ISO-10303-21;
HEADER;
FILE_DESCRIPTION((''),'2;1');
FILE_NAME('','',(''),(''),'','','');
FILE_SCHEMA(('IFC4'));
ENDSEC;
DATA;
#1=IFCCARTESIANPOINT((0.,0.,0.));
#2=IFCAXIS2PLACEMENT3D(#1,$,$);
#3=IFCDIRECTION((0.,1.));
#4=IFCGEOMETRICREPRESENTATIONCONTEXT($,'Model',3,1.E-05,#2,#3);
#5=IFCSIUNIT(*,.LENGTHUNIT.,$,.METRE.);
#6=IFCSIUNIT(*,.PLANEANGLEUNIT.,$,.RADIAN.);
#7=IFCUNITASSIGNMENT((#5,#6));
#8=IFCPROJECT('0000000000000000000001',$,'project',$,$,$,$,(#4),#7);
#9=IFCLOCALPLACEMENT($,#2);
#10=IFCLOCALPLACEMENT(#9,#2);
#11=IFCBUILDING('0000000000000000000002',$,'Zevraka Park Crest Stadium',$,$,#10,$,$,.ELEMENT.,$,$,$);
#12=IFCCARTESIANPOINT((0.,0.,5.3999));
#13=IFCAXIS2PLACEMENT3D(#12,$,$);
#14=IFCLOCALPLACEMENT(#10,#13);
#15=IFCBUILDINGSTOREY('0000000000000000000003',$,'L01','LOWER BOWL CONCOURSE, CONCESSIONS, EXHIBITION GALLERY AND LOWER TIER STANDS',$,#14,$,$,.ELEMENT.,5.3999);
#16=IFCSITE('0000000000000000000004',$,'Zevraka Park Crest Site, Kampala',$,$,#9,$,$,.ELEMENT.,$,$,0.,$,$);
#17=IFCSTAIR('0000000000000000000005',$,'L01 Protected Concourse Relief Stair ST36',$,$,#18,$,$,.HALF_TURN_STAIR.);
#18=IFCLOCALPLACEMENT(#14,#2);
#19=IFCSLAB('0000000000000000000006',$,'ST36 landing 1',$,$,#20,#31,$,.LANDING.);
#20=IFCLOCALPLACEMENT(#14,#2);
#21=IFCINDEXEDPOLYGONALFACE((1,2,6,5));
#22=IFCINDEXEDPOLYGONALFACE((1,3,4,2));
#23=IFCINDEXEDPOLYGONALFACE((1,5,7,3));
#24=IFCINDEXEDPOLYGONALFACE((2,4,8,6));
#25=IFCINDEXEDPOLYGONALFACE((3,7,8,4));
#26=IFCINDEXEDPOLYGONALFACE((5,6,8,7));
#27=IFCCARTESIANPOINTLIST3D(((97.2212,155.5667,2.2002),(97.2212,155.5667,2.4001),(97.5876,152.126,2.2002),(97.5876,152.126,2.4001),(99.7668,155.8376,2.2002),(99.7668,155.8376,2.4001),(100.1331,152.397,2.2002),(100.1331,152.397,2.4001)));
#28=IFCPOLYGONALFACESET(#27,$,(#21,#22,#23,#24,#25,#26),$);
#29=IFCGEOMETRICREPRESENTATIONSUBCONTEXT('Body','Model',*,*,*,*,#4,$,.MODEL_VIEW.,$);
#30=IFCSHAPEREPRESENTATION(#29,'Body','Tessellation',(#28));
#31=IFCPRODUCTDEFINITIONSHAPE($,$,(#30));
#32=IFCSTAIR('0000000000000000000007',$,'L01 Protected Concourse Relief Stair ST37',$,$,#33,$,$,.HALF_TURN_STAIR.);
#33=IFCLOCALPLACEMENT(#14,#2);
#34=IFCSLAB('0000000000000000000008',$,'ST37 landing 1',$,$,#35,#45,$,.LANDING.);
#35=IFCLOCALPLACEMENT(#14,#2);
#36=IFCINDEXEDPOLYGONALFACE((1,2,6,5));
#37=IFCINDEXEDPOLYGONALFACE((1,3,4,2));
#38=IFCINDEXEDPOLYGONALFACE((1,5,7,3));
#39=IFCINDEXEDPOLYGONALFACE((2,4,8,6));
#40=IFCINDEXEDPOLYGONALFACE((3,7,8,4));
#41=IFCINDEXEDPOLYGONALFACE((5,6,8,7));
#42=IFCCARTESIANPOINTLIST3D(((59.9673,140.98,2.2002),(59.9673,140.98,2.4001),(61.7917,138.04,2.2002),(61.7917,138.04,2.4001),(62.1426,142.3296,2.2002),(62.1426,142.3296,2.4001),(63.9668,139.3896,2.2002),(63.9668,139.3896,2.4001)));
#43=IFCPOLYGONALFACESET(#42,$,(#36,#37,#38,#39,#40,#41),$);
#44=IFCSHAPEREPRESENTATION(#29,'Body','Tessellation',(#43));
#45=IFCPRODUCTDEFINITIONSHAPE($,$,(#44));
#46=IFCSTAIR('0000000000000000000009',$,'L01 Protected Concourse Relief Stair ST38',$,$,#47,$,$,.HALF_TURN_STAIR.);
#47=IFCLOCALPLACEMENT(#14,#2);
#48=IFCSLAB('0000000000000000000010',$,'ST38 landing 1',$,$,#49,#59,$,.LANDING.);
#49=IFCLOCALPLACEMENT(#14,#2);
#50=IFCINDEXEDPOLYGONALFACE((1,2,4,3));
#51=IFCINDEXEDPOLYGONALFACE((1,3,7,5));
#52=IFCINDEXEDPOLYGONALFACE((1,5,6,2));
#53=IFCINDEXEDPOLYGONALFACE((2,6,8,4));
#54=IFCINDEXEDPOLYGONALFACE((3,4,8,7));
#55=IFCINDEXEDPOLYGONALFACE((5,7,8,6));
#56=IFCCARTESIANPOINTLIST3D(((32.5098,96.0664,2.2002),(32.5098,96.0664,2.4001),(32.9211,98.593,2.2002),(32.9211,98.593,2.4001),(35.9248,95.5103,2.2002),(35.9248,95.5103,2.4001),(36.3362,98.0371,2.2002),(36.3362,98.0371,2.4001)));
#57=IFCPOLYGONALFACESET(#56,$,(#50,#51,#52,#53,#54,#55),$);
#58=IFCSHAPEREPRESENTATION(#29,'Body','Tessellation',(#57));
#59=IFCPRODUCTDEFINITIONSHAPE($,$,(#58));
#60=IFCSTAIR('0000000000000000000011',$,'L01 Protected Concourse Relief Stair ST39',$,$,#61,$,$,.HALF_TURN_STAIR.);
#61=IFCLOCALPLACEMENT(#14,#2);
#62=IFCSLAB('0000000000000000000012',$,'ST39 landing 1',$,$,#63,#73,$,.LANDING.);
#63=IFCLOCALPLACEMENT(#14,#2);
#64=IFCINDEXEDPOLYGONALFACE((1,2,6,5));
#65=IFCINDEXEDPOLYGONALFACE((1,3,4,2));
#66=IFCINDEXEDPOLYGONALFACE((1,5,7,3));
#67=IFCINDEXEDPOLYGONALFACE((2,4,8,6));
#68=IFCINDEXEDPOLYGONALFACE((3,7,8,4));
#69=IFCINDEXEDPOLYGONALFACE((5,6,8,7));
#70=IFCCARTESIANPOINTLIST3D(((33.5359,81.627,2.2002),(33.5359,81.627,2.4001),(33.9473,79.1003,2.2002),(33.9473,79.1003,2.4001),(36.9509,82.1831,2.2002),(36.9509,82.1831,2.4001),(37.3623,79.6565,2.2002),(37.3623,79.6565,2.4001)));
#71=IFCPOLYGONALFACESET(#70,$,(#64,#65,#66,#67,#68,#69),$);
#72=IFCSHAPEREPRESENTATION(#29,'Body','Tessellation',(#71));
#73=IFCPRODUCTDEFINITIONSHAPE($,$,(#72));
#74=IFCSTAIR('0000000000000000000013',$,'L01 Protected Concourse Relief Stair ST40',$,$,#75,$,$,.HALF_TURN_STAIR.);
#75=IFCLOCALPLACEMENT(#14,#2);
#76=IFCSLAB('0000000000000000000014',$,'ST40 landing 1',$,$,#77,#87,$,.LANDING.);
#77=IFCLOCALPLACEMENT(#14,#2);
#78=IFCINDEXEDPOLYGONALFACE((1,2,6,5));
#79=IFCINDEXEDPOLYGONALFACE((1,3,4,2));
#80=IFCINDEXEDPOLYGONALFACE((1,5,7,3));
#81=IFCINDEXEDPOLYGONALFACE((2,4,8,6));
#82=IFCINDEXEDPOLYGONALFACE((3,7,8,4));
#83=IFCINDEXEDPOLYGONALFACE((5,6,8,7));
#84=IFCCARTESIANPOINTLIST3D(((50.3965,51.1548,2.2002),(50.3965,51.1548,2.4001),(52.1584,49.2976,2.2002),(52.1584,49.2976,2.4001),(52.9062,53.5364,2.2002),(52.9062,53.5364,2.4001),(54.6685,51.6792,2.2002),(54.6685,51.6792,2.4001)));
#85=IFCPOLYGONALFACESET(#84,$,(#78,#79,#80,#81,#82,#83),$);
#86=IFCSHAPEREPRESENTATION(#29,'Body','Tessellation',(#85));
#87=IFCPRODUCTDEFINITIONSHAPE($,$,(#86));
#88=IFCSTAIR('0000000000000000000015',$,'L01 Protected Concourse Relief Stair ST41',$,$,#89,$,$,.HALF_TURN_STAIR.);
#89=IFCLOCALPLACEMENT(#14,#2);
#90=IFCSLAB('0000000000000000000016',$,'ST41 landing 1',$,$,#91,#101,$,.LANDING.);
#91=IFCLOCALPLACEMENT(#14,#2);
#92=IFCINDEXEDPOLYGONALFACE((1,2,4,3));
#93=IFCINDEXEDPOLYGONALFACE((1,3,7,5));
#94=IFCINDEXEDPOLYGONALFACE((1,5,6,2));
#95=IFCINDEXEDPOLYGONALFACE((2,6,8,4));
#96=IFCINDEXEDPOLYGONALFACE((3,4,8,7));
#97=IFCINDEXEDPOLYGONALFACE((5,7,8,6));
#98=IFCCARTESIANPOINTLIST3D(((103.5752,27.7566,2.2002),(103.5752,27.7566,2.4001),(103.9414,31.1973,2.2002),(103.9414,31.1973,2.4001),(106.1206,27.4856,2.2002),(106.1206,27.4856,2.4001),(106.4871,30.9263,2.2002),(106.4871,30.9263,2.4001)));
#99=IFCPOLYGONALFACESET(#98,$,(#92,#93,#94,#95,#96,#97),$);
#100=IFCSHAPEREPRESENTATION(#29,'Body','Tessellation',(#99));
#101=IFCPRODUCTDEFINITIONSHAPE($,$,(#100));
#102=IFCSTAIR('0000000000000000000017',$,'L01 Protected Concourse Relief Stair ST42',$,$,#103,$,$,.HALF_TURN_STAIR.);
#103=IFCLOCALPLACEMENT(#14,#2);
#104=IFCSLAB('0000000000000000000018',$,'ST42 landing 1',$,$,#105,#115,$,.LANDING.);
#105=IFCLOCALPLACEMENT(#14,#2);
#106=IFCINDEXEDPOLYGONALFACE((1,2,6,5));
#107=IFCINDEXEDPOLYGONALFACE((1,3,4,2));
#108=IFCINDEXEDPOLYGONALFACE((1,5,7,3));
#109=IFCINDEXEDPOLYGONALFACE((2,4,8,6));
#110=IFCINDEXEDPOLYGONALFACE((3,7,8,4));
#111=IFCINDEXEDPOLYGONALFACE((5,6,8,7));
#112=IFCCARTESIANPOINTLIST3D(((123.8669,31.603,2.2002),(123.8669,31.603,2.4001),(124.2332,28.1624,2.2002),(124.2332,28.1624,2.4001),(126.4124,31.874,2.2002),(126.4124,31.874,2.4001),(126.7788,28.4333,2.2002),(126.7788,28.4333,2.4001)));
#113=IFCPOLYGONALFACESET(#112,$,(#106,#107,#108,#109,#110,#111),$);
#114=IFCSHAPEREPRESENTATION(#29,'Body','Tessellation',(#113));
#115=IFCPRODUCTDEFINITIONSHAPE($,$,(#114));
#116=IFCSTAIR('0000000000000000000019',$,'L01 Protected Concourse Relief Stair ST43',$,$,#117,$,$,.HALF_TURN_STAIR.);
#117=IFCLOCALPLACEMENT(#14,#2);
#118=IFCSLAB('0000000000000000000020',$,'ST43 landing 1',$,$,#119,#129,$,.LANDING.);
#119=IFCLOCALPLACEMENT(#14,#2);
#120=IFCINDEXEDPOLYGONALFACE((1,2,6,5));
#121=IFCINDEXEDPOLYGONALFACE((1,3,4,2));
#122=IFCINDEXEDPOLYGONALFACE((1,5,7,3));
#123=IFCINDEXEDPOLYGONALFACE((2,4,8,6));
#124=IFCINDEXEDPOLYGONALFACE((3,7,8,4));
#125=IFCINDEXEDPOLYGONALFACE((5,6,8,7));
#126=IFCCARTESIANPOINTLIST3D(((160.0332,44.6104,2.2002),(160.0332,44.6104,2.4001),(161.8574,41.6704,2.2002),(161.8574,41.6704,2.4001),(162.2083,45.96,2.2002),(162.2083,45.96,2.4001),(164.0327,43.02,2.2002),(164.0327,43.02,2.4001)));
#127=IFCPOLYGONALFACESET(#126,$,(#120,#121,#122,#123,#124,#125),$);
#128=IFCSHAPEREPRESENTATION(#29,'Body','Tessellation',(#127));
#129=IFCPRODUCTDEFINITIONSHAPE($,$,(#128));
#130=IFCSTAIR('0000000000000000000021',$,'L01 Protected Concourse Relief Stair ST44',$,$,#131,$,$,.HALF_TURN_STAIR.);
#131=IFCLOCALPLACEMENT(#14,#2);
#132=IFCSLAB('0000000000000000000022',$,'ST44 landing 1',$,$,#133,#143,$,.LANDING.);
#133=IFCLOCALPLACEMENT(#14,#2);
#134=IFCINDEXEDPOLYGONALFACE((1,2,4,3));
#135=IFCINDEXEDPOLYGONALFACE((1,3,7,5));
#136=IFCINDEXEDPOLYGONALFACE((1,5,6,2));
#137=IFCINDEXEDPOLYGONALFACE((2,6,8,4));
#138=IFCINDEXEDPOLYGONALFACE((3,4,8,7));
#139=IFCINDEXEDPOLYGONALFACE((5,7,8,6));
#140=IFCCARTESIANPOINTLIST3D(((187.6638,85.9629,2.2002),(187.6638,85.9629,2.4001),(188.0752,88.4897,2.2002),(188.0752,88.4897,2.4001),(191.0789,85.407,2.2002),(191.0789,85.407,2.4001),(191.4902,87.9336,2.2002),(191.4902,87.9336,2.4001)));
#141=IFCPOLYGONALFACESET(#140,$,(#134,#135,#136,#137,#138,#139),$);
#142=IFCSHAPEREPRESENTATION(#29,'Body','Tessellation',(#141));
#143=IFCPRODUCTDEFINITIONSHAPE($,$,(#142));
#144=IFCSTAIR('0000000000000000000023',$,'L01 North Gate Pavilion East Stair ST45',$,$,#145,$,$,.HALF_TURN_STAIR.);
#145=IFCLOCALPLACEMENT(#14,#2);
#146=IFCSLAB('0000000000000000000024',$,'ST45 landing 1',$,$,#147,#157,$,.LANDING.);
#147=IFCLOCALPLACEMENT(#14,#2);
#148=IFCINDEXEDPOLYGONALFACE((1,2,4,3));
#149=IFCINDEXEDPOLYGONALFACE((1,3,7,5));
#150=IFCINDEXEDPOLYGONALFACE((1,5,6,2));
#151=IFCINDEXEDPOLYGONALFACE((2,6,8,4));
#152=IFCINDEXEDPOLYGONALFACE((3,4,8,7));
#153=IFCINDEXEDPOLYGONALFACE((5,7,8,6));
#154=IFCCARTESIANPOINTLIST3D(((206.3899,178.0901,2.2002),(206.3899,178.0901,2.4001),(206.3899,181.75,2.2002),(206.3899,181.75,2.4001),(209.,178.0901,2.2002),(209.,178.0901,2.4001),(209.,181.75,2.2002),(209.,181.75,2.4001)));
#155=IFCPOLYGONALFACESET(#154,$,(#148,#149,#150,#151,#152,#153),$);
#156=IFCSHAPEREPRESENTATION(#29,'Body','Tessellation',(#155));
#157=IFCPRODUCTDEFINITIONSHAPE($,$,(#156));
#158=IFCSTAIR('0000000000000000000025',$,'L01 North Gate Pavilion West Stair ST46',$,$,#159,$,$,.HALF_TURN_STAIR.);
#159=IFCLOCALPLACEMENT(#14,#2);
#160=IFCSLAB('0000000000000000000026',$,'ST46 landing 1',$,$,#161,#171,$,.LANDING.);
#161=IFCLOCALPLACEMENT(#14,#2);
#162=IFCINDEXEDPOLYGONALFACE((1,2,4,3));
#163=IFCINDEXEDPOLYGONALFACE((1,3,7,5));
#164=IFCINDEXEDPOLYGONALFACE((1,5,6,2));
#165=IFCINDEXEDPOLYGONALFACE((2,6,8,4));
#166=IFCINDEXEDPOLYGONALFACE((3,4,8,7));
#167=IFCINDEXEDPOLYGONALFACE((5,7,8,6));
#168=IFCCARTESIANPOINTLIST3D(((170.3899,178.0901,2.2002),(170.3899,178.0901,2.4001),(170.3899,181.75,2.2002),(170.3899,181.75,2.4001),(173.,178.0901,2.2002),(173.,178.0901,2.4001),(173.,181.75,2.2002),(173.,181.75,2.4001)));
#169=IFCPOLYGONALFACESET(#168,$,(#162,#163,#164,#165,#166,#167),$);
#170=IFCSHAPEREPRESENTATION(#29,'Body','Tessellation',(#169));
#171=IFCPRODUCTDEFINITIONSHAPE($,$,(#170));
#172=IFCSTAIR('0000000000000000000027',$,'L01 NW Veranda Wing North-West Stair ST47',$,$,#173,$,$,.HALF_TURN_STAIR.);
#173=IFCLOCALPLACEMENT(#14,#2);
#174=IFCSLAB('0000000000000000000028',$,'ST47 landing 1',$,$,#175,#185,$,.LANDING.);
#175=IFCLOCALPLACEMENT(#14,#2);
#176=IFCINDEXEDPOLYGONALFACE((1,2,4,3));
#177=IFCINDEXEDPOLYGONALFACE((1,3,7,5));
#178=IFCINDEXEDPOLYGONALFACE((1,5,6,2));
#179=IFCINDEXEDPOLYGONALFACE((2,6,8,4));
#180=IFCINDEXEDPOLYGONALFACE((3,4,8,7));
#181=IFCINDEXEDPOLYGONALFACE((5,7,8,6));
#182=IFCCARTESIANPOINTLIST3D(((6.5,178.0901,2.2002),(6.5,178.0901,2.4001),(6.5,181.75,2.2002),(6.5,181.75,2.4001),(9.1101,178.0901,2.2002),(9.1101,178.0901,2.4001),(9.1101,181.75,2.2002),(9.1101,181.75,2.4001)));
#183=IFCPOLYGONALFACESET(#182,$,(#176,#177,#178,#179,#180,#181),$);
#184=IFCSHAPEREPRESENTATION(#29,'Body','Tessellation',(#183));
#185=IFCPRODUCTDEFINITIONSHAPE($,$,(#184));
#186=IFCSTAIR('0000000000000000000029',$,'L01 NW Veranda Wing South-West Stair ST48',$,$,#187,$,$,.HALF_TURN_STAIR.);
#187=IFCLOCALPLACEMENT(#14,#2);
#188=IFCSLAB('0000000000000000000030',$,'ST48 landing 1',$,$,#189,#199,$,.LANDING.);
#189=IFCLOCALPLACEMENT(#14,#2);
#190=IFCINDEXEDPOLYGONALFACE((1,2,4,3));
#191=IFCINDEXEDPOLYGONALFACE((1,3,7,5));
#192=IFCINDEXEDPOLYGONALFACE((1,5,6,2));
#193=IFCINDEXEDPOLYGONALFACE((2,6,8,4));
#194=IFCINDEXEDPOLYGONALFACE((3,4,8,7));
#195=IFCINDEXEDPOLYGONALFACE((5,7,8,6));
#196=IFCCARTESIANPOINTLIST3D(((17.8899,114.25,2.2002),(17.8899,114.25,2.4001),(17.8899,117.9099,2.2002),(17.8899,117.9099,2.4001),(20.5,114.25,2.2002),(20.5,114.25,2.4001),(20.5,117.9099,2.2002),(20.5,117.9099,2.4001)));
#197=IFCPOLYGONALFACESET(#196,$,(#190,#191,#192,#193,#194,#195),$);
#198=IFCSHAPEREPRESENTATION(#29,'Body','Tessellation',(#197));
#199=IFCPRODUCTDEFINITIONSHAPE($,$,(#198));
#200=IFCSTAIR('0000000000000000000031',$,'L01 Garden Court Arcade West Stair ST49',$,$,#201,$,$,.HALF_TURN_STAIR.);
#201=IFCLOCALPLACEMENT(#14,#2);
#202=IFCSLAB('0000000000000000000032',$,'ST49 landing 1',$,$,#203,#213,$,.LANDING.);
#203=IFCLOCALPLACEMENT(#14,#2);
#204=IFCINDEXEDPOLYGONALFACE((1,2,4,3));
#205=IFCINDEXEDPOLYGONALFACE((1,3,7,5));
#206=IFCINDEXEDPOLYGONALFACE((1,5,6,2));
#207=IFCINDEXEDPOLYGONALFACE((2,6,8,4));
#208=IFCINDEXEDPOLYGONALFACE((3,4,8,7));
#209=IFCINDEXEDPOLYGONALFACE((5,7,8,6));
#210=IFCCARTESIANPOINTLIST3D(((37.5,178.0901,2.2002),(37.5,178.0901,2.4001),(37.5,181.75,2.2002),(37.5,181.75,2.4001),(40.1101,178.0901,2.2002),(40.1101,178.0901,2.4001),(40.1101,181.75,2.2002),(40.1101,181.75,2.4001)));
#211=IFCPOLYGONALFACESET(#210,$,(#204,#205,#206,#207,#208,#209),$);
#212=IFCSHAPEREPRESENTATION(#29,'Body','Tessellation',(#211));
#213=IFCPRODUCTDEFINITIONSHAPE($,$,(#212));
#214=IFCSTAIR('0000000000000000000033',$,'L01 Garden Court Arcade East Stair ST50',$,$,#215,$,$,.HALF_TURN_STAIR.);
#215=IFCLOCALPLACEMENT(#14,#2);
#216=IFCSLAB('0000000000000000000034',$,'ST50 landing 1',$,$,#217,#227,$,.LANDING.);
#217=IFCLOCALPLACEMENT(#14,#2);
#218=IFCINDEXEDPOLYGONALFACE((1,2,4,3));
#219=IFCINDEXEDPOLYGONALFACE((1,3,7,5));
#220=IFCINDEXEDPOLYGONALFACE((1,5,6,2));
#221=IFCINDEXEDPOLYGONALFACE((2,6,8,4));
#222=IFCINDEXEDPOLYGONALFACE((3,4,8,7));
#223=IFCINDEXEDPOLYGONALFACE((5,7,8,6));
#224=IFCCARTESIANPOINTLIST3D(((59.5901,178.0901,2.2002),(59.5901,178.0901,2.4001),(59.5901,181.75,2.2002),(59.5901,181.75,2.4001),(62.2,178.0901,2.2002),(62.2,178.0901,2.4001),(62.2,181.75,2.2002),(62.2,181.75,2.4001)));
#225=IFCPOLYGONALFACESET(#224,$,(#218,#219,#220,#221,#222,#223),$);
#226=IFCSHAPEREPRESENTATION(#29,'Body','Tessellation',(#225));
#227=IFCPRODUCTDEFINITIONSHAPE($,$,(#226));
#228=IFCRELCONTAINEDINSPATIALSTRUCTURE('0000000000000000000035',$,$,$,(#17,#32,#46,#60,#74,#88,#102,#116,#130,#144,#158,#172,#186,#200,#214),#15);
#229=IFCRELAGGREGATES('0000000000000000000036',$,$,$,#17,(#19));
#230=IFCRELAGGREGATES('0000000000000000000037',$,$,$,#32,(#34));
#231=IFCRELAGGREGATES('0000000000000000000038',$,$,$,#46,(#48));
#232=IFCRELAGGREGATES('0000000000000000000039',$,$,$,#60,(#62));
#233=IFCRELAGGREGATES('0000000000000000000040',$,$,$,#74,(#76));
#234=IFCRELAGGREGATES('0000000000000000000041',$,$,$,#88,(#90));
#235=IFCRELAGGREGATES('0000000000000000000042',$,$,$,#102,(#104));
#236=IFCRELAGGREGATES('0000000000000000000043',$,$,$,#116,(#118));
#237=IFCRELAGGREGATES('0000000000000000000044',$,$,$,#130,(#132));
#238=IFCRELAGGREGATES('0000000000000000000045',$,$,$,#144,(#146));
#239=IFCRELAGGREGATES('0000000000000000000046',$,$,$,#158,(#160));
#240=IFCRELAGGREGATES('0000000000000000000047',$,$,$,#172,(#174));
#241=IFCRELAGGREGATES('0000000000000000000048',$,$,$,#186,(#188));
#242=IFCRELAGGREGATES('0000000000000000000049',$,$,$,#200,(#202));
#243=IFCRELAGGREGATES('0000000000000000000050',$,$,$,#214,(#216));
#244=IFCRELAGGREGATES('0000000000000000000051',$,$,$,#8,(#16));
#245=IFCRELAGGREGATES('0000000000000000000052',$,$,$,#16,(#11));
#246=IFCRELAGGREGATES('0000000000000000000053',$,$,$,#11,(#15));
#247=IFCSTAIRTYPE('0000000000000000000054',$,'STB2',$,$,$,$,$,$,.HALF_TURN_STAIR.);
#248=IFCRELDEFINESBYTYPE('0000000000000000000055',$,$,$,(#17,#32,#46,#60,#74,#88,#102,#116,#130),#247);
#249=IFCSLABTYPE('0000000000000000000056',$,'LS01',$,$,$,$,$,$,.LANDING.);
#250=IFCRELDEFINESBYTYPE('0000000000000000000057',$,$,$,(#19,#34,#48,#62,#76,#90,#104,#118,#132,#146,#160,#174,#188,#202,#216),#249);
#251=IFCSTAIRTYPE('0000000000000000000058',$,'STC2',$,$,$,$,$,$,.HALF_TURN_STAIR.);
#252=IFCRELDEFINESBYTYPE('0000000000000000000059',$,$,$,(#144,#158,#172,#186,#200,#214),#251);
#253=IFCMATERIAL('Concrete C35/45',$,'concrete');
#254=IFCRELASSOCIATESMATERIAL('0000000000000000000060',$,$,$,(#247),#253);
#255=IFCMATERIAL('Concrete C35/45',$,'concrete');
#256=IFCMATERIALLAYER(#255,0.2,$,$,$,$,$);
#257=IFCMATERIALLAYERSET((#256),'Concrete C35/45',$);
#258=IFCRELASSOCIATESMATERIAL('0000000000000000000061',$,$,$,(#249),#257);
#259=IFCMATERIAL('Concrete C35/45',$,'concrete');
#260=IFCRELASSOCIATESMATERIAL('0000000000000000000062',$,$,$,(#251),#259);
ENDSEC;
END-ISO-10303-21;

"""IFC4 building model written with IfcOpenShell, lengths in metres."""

from ifc_helpers import new_model, si_unit, direction, frame, origin, place, context, subcontext, project, spatial, polyline, outline, extrude, material, layer, layer_set, type_object, element, aggregate, save


model = new_model("IFC4")

# Units and contexts
model_context = context("Model", 3, precision=1e-05, world=origin(), true_north=direction((0.0, 1.0)))
body_context = subcontext(model_context, "Body", "Model", "MODEL_VIEW")
ifc_project = project(units=[si_unit("LENGTHUNIT", "METRE"), si_unit("PLANEANGLEUNIT", "RADIAN")], contexts=[model_context])

# Site, building, storey
site_placement = place(None, origin())
site = spatial("IfcSite", under=ifc_project, at=site_placement, Name="Zevraka Park Crest Site, Kampala", CompositionType="ELEMENT", RefElevation=0.0)
building_placement = place(site_placement, origin())
building = spatial("IfcBuilding", under=site, at=building_placement, Name="Zevraka Park Crest Stadium", CompositionType="ELEMENT")
storey_placement = place(building_placement, frame((0.0, 0.0, 5.3999)))
storey = spatial("IfcBuildingStorey", under=building, at=storey_placement, Name="L01", Description="LOWER BOWL CONCOURSE, CONCESSIONS, EXHIBITION GALLERY AND LOWER TIER STANDS", CompositionType="ELEMENT", Elevation=5.3999)

# Stairs, slabs
ifc_material_1 = material(Name="Concrete C35/45", Category="concrete")
stair_type_1 = type_object("IfcStairType", Name="STB2", PredefinedType="HALF_TURN_STAIR", material=ifc_material_1)
stair_1_placement = place(storey_placement, origin())
stair_1 = element("IfcStair", 1, at=stair_1_placement, inside=storey, type_object=stair_type_1, Name="L01 Protected Concourse Relief Stair ST36", PredefinedType="HALF_TURN_STAIR")
ifc_material_2 = material(Name="Concrete C35/45", Category="concrete")
ifc_layer_1 = layer(ifc_material_2, 0.2)
ifc_layer_set_1 = layer_set([ifc_layer_1], Name="Concrete C35/45")
slab_type_1 = type_object("IfcSlabType", Name="LS01", PredefinedType="LANDING", material=ifc_layer_set_1)
slab_1_placement = place(storey_placement, frame((0.0, 0.0, 2.2002)))
slab_1 = element("IfcSlab", 2, at=slab_1_placement, type_object=slab_type_1, Name="ST36 landing 1", PredefinedType="LANDING", context=body_context, shape_type="SweptSolid", body=[
    extrude(outline(polyline([(99.7668, 155.8376), (97.2212, 155.5667), (97.5876, 152.126), (100.1331, 152.397), (99.7668, 155.8376)])), origin(), (0.0, 0.0, 1.0), 0.2),
])
aggregate(stair_1, [slab_1])
stair_2_placement = place(storey_placement, origin())
stair_2 = element("IfcStair", 3, at=stair_2_placement, inside=storey, type_object=stair_type_1, Name="L01 Protected Concourse Relief Stair ST37", PredefinedType="HALF_TURN_STAIR")
slab_2_placement = place(storey_placement, frame((0.0, 0.0, 2.2002)))
slab_2 = element("IfcSlab", 4, at=slab_2_placement, type_object=slab_type_1, Name="ST37 landing 1", PredefinedType="LANDING", context=body_context, shape_type="SweptSolid", body=[
    extrude(outline(polyline([(62.1426, 142.3296), (59.9673, 140.98), (61.7917, 138.04), (63.9668, 139.3896), (62.1426, 142.3296)])), origin(), (0.0, 0.0, 1.0), 0.2),
])
aggregate(stair_2, [slab_2])
stair_3_placement = place(storey_placement, origin())
stair_3 = element("IfcStair", 5, at=stair_3_placement, inside=storey, type_object=stair_type_1, Name="L01 Protected Concourse Relief Stair ST38", PredefinedType="HALF_TURN_STAIR")
slab_3_placement = place(storey_placement, frame((0.0, 0.0, 2.2002)))
slab_3 = element("IfcSlab", 6, at=slab_3_placement, type_object=slab_type_1, Name="ST38 landing 1", PredefinedType="LANDING", context=body_context, shape_type="SweptSolid", body=[
    extrude(outline(polyline([(32.9211, 98.593), (32.5098, 96.0664), (35.9248, 95.5103), (36.3362, 98.0371), (32.9211, 98.593)])), origin(), (0.0, 0.0, 1.0), 0.2),
])
aggregate(stair_3, [slab_3])
stair_4_placement = place(storey_placement, origin())
stair_4 = element("IfcStair", 7, at=stair_4_placement, inside=storey, type_object=stair_type_1, Name="L01 Protected Concourse Relief Stair ST39", PredefinedType="HALF_TURN_STAIR")
slab_4_placement = place(storey_placement, frame((0.0, 0.0, 2.2002)))
slab_4 = element("IfcSlab", 8, at=slab_4_placement, type_object=slab_type_1, Name="ST39 landing 1", PredefinedType="LANDING", context=body_context, shape_type="SweptSolid", body=[
    extrude(outline(polyline([(33.5359, 81.627), (33.9473, 79.1003), (37.3623, 79.6565), (36.9509, 82.1831), (33.5359, 81.627)])), origin(), (0.0, 0.0, 1.0), 0.2),
])
aggregate(stair_4, [slab_4])
stair_5_placement = place(storey_placement, origin())
stair_5 = element("IfcStair", 9, at=stair_5_placement, inside=storey, type_object=stair_type_1, Name="L01 Protected Concourse Relief Stair ST40", PredefinedType="HALF_TURN_STAIR")
slab_5_placement = place(storey_placement, frame((0.0, 0.0, 2.2002)))
slab_5 = element("IfcSlab", 10, at=slab_5_placement, type_object=slab_type_1, Name="ST40 landing 1", PredefinedType="LANDING", context=body_context, shape_type="SweptSolid", body=[
    extrude(outline(polyline([(50.3965, 51.1548), (52.1584, 49.2976), (54.6685, 51.6792), (52.9062, 53.5364), (50.3965, 51.1548)])), origin(), (0.0, 0.0, 1.0), 0.2),
])
aggregate(stair_5, [slab_5])
stair_6_placement = place(storey_placement, origin())
stair_6 = element("IfcStair", 11, at=stair_6_placement, inside=storey, type_object=stair_type_1, Name="L01 Protected Concourse Relief Stair ST41", PredefinedType="HALF_TURN_STAIR")
slab_6_placement = place(storey_placement, frame((0.0, 0.0, 2.2002)))
slab_6 = element("IfcSlab", 12, at=slab_6_placement, type_object=slab_type_1, Name="ST41 landing 1", PredefinedType="LANDING", context=body_context, shape_type="SweptSolid", body=[
    extrude(outline(polyline([(103.5752, 27.7566), (106.1206, 27.4856), (106.4871, 30.9263), (103.9414, 31.1973), (103.5752, 27.7566)])), origin(), (0.0, 0.0, 1.0), 0.2),
])
aggregate(stair_6, [slab_6])
stair_7_placement = place(storey_placement, origin())
stair_7 = element("IfcStair", 13, at=stair_7_placement, inside=storey, type_object=stair_type_1, Name="L01 Protected Concourse Relief Stair ST42", PredefinedType="HALF_TURN_STAIR")
slab_7_placement = place(storey_placement, frame((0.0, 0.0, 2.2002)))
slab_7 = element("IfcSlab", 14, at=slab_7_placement, type_object=slab_type_1, Name="ST42 landing 1", PredefinedType="LANDING", context=body_context, shape_type="SweptSolid", body=[
    extrude(outline(polyline([(124.2332, 28.1624), (126.7788, 28.4333), (126.4124, 31.874), (123.8669, 31.603), (124.2332, 28.1624)])), origin(), (0.0, 0.0, 1.0), 0.2),
])
aggregate(stair_7, [slab_7])
stair_8_placement = place(storey_placement, origin())
stair_8 = element("IfcStair", 15, at=stair_8_placement, inside=storey, type_object=stair_type_1, Name="L01 Protected Concourse Relief Stair ST43", PredefinedType="HALF_TURN_STAIR")
slab_8_placement = place(storey_placement, frame((0.0, 0.0, 2.2002)))
slab_8 = element("IfcSlab", 16, at=slab_8_placement, type_object=slab_type_1, Name="ST43 landing 1", PredefinedType="LANDING", context=body_context, shape_type="SweptSolid", body=[
    extrude(outline(polyline([(161.8574, 41.6704), (164.0327, 43.02), (162.2083, 45.96), (160.0332, 44.6104), (161.8574, 41.6704)])), origin(), (0.0, 0.0, 1.0), 0.2),
])
aggregate(stair_8, [slab_8])
stair_9_placement = place(storey_placement, origin())
stair_9 = element("IfcStair", 17, at=stair_9_placement, inside=storey, type_object=stair_type_1, Name="L01 Protected Concourse Relief Stair ST44", PredefinedType="HALF_TURN_STAIR")
slab_9_placement = place(storey_placement, frame((0.0, 0.0, 2.2002)))
slab_9 = element("IfcSlab", 18, at=slab_9_placement, type_object=slab_type_1, Name="ST44 landing 1", PredefinedType="LANDING", context=body_context, shape_type="SweptSolid", body=[
    extrude(outline(polyline([(191.0789, 85.407), (191.4902, 87.9336), (188.0752, 88.4897), (187.6638, 85.9629), (191.0789, 85.407)])), origin(), (0.0, 0.0, 1.0), 0.2),
])
aggregate(stair_9, [slab_9])
ifc_material_3 = material(Name="Concrete C35/45", Category="concrete")
stair_type_2 = type_object("IfcStairType", Name="STC2", PredefinedType="HALF_TURN_STAIR", material=ifc_material_3)
stair_10_placement = place(storey_placement, origin())
stair_10 = element("IfcStair", 19, at=stair_10_placement, inside=storey, type_object=stair_type_2, Name="L01 North Gate Pavilion East Stair ST45", PredefinedType="HALF_TURN_STAIR")
slab_10_placement = place(storey_placement, frame((0.0, 0.0, 2.2002)))
slab_10 = element("IfcSlab", 20, at=slab_10_placement, type_object=slab_type_1, Name="ST45 landing 1", PredefinedType="LANDING", context=body_context, shape_type="SweptSolid", body=[
    extrude(outline(polyline([(206.3899, 178.0901), (209.0, 178.0901), (209.0, 181.75), (206.3899, 181.75), (206.3899, 178.0901)])), origin(), (0.0, 0.0, 1.0), 0.2),
])
aggregate(stair_10, [slab_10])
stair_11_placement = place(storey_placement, origin())
stair_11 = element("IfcStair", 21, at=stair_11_placement, inside=storey, type_object=stair_type_2, Name="L01 North Gate Pavilion West Stair ST46", PredefinedType="HALF_TURN_STAIR")
slab_11_placement = place(storey_placement, frame((0.0, 0.0, 2.2002)))
slab_11 = element("IfcSlab", 22, at=slab_11_placement, type_object=slab_type_1, Name="ST46 landing 1", PredefinedType="LANDING", context=body_context, shape_type="SweptSolid", body=[
    extrude(outline(polyline([(170.3899, 178.0901), (173.0, 178.0901), (173.0, 181.75), (170.3899, 181.75), (170.3899, 178.0901)])), origin(), (0.0, 0.0, 1.0), 0.2),
])
aggregate(stair_11, [slab_11])
stair_12_placement = place(storey_placement, origin())
stair_12 = element("IfcStair", 23, at=stair_12_placement, inside=storey, type_object=stair_type_2, Name="L01 NW Veranda Wing North-West Stair ST47", PredefinedType="HALF_TURN_STAIR")
slab_12_placement = place(storey_placement, frame((0.0, 0.0, 2.2002)))
slab_12 = element("IfcSlab", 24, at=slab_12_placement, type_object=slab_type_1, Name="ST47 landing 1", PredefinedType="LANDING", context=body_context, shape_type="SweptSolid", body=[
    extrude(outline(polyline([(9.1101, 181.75), (6.5, 181.75), (6.5, 178.0901), (9.1101, 178.0901), (9.1101, 181.75)])), origin(), (0.0, 0.0, 1.0), 0.2),
])
aggregate(stair_12, [slab_12])
stair_13_placement = place(storey_placement, origin())
stair_13 = element("IfcStair", 25, at=stair_13_placement, inside=storey, type_object=stair_type_2, Name="L01 NW Veranda Wing South-West Stair ST48", PredefinedType="HALF_TURN_STAIR")
slab_13_placement = place(storey_placement, frame((0.0, 0.0, 2.2002)))
slab_13 = element("IfcSlab", 26, at=slab_13_placement, type_object=slab_type_1, Name="ST48 landing 1", PredefinedType="LANDING", context=body_context, shape_type="SweptSolid", body=[
    extrude(outline(polyline([(17.8899, 114.25), (20.5, 114.25), (20.5, 117.9099), (17.8899, 117.9099), (17.8899, 114.25)])), origin(), (0.0, 0.0, 1.0), 0.2),
])
aggregate(stair_13, [slab_13])
stair_14_placement = place(storey_placement, origin())
stair_14 = element("IfcStair", 27, at=stair_14_placement, inside=storey, type_object=stair_type_2, Name="L01 Garden Court Arcade West Stair ST49", PredefinedType="HALF_TURN_STAIR")
slab_14_placement = place(storey_placement, frame((0.0, 0.0, 2.2002)))
slab_14 = element("IfcSlab", 28, at=slab_14_placement, type_object=slab_type_1, Name="ST49 landing 1", PredefinedType="LANDING", context=body_context, shape_type="SweptSolid", body=[
    extrude(outline(polyline([(40.1101, 181.75), (37.5, 181.75), (37.5, 178.0901), (40.1101, 178.0901), (40.1101, 181.75)])), origin(), (0.0, 0.0, 1.0), 0.2),
])
aggregate(stair_14, [slab_14])
stair_15_placement = place(storey_placement, origin())
stair_15 = element("IfcStair", 29, at=stair_15_placement, inside=storey, type_object=stair_type_2, Name="L01 Garden Court Arcade East Stair ST50", PredefinedType="HALF_TURN_STAIR")
slab_15_placement = place(storey_placement, frame((0.0, 0.0, 2.2002)))
slab_15 = element("IfcSlab", 30, at=slab_15_placement, type_object=slab_type_1, Name="ST50 landing 1", PredefinedType="LANDING", context=body_context, shape_type="SweptSolid", body=[
    extrude(outline(polyline([(59.5901, 178.0901), (62.2, 178.0901), (62.2, 181.75), (59.5901, 181.75), (59.5901, 178.0901)])), origin(), (0.0, 0.0, 1.0), 0.2),
])
aggregate(stair_15, [slab_15])

save(model, "model.ifc")
